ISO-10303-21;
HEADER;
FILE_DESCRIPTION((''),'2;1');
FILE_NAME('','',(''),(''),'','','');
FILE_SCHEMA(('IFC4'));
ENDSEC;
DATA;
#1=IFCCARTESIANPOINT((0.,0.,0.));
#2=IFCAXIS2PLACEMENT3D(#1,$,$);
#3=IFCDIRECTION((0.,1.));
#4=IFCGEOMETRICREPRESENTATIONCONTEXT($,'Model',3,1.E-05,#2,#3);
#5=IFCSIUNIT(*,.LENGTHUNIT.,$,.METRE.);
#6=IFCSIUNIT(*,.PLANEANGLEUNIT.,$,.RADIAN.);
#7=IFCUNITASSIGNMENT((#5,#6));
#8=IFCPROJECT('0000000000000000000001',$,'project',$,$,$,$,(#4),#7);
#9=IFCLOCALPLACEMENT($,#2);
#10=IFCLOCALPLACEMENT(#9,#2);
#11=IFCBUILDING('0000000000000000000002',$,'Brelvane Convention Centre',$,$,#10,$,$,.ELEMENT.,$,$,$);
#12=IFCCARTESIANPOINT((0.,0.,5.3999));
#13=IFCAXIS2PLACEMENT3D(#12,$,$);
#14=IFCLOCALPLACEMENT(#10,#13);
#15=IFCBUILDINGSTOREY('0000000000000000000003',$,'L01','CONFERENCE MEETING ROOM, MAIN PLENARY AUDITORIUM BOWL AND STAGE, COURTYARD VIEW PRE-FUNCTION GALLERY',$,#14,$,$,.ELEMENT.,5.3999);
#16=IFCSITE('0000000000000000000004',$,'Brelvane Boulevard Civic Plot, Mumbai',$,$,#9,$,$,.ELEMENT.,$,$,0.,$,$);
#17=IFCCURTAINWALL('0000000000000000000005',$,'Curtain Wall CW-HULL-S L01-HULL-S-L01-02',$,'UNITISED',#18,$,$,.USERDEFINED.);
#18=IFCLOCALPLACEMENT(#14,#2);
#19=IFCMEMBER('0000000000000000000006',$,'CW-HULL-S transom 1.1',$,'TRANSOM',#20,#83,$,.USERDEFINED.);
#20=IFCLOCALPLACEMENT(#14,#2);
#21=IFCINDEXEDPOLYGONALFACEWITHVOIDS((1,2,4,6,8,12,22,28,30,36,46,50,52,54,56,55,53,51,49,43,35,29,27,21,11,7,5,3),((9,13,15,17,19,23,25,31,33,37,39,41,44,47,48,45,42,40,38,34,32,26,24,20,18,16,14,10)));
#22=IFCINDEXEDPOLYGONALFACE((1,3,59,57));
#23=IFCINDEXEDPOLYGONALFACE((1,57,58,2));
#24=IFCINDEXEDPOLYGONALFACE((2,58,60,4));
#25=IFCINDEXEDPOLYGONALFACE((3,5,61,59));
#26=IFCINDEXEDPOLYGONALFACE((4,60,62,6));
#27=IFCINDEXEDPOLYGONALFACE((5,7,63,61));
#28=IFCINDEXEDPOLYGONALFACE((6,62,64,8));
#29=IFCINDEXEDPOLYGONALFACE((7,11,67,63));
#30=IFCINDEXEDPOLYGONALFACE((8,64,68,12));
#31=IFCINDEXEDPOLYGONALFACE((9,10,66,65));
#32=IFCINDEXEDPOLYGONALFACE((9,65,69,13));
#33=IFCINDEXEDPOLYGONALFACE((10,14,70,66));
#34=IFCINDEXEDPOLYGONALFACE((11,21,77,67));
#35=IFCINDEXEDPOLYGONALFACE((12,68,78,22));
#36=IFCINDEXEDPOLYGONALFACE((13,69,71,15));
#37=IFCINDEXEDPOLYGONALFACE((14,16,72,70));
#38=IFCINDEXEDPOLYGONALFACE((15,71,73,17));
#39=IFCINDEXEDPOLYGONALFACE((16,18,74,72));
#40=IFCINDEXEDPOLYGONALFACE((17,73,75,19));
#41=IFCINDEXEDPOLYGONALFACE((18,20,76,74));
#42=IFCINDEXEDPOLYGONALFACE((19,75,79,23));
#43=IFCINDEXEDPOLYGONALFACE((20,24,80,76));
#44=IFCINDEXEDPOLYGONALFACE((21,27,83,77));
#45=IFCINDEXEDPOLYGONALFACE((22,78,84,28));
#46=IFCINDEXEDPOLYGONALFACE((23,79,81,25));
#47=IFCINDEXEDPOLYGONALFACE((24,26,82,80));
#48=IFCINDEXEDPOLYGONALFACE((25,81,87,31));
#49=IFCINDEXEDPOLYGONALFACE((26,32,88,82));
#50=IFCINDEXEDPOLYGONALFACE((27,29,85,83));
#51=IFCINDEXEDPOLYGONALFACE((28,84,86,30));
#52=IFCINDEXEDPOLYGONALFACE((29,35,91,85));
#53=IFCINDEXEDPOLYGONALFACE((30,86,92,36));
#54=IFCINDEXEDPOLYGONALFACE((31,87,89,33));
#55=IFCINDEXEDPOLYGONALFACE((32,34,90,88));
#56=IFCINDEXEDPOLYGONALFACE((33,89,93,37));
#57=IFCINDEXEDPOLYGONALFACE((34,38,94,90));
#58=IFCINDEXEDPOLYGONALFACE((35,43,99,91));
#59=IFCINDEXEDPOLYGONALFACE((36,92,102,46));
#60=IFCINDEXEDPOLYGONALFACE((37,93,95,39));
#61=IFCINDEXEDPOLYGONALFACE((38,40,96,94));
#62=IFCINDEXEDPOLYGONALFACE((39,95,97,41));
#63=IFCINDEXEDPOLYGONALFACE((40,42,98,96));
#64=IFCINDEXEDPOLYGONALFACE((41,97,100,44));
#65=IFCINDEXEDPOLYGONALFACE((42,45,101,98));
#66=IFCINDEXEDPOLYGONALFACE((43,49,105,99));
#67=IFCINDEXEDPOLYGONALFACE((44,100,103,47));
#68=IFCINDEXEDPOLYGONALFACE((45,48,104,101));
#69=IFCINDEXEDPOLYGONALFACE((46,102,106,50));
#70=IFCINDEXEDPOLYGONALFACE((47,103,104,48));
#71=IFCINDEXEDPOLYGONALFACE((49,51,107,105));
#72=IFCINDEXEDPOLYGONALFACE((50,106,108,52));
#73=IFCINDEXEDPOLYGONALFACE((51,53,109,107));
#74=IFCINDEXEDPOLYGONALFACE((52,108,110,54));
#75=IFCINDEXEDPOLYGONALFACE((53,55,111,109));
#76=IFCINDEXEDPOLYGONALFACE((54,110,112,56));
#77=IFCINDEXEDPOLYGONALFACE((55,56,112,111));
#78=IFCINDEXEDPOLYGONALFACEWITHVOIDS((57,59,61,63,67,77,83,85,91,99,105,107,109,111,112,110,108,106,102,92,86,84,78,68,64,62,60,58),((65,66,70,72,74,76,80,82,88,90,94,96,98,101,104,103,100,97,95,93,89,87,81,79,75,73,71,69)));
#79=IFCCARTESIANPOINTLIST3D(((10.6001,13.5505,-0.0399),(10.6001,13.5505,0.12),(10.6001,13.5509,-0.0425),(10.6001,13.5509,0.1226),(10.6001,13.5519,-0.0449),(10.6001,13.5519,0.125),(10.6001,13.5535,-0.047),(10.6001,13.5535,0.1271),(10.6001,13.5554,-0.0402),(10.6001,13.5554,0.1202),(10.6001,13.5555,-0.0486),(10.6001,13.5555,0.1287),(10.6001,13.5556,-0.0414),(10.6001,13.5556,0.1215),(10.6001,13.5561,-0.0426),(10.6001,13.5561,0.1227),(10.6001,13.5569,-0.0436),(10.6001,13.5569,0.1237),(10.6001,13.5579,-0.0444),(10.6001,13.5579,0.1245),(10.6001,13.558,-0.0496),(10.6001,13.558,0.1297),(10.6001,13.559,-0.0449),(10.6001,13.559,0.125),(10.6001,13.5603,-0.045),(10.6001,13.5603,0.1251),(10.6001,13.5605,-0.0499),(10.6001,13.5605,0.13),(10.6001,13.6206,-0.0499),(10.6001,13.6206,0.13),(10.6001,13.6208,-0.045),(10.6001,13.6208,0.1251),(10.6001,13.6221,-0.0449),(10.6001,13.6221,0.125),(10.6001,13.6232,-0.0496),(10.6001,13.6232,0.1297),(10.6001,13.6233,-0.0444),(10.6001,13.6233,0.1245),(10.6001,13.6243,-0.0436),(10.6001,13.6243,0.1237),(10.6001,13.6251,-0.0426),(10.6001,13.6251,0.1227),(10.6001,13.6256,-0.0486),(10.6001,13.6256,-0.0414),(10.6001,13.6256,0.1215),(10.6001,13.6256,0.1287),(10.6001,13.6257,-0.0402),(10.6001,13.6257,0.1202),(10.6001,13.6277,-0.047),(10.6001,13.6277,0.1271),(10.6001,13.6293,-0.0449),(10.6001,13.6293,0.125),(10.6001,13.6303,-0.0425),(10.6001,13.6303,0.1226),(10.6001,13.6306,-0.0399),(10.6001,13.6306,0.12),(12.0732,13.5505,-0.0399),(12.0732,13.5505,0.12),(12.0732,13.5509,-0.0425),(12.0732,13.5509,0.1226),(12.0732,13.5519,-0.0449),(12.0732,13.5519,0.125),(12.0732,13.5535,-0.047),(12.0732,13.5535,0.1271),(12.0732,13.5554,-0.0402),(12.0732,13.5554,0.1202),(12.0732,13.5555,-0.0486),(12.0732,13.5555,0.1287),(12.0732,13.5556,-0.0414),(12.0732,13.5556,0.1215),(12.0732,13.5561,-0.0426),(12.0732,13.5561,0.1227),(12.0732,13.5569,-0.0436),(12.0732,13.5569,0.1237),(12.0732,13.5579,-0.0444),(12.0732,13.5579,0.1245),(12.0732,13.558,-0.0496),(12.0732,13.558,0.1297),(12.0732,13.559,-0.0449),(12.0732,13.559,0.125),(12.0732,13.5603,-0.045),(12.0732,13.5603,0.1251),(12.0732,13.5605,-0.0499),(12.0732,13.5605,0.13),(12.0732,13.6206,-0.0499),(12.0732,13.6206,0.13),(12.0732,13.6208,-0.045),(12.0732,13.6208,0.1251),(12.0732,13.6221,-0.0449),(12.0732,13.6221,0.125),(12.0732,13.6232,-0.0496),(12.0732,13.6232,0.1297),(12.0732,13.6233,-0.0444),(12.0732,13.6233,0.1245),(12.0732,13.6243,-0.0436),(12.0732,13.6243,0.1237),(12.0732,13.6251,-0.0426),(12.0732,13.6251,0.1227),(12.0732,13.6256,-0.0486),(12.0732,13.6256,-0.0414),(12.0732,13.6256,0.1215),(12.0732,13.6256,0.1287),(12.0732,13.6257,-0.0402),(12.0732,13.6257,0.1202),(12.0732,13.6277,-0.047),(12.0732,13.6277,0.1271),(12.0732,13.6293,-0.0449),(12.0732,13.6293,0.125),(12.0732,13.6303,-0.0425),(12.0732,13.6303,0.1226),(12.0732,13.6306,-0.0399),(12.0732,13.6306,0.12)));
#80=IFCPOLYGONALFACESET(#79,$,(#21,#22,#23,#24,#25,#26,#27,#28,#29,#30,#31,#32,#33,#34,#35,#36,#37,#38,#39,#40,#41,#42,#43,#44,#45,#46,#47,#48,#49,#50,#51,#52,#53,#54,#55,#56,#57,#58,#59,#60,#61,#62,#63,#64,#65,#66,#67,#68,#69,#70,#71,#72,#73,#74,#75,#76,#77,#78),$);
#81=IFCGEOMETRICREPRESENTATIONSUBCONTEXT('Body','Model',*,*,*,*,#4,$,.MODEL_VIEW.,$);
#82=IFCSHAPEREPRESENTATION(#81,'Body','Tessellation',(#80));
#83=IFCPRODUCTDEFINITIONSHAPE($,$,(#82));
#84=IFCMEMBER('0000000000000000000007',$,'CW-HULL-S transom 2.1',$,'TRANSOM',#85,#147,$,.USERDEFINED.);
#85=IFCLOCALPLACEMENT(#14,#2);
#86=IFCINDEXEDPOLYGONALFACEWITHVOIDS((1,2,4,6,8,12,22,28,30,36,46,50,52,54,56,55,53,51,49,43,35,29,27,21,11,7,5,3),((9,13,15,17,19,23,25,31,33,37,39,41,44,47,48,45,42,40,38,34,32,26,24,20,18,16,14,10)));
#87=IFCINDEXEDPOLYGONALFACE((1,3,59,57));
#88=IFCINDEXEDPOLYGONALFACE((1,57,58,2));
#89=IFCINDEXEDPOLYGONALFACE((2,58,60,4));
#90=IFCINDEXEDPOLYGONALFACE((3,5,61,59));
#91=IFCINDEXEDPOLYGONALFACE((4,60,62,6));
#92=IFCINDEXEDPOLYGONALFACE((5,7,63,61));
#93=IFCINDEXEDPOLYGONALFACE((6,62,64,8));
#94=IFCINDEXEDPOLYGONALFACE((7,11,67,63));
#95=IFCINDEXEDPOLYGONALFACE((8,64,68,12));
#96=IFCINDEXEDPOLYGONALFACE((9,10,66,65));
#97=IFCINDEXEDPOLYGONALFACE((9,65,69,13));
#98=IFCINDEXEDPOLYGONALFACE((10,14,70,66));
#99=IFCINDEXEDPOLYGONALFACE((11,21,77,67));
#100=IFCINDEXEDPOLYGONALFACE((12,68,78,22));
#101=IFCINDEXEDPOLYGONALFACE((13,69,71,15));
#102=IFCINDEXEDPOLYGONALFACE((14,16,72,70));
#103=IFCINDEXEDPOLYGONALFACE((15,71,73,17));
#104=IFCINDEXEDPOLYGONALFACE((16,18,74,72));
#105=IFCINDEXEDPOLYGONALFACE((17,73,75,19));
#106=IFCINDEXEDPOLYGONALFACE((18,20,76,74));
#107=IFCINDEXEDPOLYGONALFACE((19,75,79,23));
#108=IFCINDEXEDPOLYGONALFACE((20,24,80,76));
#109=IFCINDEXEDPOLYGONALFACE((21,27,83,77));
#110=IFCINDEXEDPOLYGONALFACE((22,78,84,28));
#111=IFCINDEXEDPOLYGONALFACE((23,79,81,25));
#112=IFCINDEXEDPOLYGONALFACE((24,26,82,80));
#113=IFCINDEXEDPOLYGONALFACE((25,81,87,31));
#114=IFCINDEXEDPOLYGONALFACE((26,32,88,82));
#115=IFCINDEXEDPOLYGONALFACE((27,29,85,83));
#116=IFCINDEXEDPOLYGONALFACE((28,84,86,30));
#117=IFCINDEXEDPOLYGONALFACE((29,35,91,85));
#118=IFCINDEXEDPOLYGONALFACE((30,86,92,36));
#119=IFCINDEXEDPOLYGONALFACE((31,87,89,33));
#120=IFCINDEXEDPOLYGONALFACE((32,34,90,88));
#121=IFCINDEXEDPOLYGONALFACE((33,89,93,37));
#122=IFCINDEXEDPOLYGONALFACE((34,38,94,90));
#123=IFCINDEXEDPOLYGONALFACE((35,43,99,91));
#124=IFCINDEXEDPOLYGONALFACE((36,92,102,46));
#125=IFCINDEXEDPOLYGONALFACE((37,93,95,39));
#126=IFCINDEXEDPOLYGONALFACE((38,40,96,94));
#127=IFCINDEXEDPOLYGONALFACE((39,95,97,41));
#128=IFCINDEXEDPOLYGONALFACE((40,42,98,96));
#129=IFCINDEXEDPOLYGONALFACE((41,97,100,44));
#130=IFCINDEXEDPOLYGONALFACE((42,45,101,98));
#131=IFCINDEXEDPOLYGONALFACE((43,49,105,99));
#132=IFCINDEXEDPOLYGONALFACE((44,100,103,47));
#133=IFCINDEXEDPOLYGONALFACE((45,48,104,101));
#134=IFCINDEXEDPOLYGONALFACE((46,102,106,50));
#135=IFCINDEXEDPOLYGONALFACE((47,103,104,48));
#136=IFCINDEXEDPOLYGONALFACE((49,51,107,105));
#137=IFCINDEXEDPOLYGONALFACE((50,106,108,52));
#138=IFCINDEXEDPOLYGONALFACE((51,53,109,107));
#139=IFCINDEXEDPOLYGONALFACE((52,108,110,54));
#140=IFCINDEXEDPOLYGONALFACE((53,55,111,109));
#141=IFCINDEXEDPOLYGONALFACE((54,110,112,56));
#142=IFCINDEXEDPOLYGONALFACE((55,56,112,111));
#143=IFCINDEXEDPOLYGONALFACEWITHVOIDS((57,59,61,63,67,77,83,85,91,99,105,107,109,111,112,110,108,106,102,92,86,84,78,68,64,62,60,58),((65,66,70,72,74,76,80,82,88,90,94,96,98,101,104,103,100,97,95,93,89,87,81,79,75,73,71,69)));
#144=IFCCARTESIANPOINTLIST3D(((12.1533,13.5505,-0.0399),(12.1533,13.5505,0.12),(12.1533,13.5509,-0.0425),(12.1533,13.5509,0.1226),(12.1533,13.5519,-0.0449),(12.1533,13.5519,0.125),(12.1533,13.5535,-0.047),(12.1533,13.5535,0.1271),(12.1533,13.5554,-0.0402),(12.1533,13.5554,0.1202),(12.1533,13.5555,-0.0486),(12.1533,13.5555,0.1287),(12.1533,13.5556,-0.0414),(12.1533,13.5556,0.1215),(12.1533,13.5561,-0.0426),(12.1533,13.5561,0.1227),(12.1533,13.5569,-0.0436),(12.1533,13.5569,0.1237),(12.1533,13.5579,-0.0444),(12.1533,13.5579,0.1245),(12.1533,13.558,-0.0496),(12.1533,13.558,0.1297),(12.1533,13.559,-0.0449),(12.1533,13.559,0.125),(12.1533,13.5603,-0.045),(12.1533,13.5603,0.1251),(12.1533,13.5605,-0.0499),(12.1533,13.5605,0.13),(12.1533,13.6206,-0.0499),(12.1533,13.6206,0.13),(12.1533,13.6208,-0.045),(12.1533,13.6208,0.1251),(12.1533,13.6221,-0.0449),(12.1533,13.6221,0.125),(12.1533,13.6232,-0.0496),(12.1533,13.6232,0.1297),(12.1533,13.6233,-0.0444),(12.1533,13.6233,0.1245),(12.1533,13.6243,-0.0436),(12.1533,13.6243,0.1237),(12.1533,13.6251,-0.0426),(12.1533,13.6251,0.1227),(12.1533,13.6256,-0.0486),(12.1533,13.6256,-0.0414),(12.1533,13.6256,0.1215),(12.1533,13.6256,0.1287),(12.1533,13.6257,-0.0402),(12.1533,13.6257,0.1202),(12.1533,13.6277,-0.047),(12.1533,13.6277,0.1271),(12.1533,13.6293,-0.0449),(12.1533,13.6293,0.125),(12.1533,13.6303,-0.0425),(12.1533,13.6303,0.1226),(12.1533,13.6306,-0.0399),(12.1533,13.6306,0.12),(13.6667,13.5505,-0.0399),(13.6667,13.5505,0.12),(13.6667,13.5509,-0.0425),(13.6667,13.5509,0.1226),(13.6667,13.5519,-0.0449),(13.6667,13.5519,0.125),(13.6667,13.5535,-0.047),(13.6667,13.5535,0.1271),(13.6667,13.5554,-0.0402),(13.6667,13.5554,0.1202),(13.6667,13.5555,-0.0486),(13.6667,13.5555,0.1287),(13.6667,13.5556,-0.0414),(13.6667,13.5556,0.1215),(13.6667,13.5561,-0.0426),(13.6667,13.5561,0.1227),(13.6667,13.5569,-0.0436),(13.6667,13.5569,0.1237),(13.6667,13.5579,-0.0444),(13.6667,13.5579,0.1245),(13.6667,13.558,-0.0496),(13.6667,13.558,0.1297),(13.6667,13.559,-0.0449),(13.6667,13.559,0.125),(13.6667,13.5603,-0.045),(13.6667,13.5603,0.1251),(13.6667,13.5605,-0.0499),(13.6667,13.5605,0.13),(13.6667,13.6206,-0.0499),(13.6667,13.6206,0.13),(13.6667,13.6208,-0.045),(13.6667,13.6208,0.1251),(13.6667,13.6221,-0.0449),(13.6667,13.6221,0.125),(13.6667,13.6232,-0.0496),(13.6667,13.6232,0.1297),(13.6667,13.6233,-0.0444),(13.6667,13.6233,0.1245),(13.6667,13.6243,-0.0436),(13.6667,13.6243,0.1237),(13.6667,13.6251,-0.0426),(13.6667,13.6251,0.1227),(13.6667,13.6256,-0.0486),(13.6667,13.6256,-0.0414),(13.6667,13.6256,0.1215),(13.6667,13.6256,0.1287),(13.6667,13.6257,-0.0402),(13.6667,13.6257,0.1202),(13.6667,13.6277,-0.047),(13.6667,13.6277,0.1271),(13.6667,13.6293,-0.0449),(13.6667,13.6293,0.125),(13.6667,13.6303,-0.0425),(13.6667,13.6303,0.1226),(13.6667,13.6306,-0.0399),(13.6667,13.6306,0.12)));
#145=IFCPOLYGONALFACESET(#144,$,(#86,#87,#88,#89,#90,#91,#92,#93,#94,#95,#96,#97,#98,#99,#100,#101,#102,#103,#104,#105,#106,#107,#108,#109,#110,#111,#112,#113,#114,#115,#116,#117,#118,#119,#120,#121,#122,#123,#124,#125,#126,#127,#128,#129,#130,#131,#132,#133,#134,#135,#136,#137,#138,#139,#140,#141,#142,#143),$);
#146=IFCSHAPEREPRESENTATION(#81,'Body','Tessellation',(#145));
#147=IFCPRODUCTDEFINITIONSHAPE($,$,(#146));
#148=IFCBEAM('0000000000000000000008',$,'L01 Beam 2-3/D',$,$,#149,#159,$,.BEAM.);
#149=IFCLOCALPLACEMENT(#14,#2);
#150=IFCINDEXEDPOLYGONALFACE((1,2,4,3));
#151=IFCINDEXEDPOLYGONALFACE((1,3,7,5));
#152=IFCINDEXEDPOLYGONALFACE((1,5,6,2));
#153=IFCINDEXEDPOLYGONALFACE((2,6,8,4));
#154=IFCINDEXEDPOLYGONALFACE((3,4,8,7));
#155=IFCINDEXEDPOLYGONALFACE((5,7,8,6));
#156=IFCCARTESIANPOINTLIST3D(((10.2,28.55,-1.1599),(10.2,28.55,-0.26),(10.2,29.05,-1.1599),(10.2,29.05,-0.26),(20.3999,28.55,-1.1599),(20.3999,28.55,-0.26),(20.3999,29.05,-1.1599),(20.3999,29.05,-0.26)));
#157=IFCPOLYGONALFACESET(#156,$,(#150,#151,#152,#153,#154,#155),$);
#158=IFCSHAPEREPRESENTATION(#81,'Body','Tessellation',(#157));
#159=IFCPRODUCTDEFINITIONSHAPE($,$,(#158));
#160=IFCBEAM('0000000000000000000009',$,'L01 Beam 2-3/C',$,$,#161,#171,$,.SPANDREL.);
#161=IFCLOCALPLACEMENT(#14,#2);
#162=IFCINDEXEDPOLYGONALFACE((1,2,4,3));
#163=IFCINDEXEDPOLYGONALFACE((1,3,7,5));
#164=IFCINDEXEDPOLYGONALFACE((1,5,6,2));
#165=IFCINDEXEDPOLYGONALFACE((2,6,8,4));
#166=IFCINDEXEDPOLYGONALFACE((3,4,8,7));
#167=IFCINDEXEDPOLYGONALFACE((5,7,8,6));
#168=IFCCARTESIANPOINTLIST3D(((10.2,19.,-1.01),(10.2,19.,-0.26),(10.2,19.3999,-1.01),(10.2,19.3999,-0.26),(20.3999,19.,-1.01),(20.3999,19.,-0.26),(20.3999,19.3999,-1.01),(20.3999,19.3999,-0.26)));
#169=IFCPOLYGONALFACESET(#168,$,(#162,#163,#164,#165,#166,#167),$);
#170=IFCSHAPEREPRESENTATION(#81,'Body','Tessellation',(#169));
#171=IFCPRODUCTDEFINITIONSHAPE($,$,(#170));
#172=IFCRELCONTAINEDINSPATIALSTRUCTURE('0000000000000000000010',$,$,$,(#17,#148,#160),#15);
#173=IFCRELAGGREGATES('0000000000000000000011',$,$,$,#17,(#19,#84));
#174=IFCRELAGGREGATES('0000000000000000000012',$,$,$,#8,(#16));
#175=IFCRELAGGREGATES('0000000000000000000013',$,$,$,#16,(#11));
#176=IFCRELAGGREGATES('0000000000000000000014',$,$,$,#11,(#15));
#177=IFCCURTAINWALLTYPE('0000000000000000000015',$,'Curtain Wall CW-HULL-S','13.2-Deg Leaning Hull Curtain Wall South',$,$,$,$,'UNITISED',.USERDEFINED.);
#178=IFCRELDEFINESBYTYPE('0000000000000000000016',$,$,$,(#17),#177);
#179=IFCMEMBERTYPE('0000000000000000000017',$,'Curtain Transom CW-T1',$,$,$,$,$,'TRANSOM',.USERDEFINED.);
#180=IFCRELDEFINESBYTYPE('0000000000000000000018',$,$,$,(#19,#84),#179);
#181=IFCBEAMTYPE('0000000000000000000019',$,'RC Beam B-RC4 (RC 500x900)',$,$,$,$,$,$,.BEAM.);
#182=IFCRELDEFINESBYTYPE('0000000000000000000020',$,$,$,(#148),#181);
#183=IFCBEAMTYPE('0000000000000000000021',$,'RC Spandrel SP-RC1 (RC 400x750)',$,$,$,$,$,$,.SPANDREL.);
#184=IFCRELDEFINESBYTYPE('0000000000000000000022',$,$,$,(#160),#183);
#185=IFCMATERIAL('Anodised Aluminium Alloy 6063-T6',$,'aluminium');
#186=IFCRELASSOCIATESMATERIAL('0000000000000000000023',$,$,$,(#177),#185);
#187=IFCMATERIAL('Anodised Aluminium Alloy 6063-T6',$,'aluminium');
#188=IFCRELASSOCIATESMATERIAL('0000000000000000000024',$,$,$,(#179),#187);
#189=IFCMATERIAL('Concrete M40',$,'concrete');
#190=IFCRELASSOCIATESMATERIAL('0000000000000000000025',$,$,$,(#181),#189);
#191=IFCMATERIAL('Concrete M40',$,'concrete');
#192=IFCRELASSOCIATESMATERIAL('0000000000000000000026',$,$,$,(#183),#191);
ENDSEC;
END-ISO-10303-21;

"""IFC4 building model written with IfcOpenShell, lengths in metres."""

from ifc_helpers import new_model, si_unit, direction, frame, origin, origin_2d, place, context, subcontext, project, spatial, rectangle, hollow_rectangle, extrude, material, material_profile, profile_set, type_object, element, aggregate, save


model = new_model("IFC4")

# Units and contexts
model_context = context("Model", 3, precision=1e-05, world=origin(), true_north=direction((0.0, 1.0)))
body_context = subcontext(model_context, "Body", "Model", "MODEL_VIEW")
ifc_project = project(units=[si_unit("LENGTHUNIT", "METRE"), si_unit("PLANEANGLEUNIT", "RADIAN")], contexts=[model_context])

# Site, building, storey
site_placement = place(None, origin())
site = spatial("IfcSite", under=ifc_project, at=site_placement, Name="Brelvane Boulevard Civic Plot, Mumbai", CompositionType="ELEMENT", RefElevation=0.0)
building_placement = place(site_placement, origin())
building = spatial("IfcBuilding", under=site, at=building_placement, Name="Brelvane Convention Centre", CompositionType="ELEMENT")
storey_placement = place(building_placement, frame((0.0, 0.0, 5.3999)))
storey = spatial("IfcBuildingStorey", under=building, at=storey_placement, Name="L01", Description="CONFERENCE MEETING ROOM, MAIN PLENARY AUDITORIUM BOWL AND STAGE, COURTYARD VIEW PRE-FUNCTION GALLERY", CompositionType="ELEMENT", Elevation=5.3999)

# Curtain wall
ifc_material_1 = material(Name="Anodised Aluminium Alloy 6063-T6", Category="aluminium")
curtain_wall_type = type_object("IfcCurtainWallType", Name="Curtain Wall CW-HULL-S", Description="13.2-Deg Leaning Hull Curtain Wall South", ElementType="UNITISED", PredefinedType="USERDEFINED", material=ifc_material_1)
curtain_wall_1_placement = place(storey_placement, origin())
curtain_wall_1 = element("IfcCurtainWall", 1, at=curtain_wall_1_placement, inside=storey, type_object=curtain_wall_type, Name="Curtain Wall CW-HULL-S L01-HULL-S-L01-02", ObjectType="UNITISED", PredefinedType="USERDEFINED")

# Members
ifc_material_2 = material(Name="Anodised Aluminium Alloy 6063-T6", Category="aluminium")
ifc_material_profile_1 = material_profile(ifc_material_2, hollow_rectangle(XDim=0.0801, YDim=0.1799, WallThickness=0.0049, InnerFilletRadius=0.0049, OuterFilletRadius=0.01, at=origin_2d()), Name="ALU-T 180x80x5.0")
ifc_profile_set_1 = profile_set([ifc_material_profile_1], Name="Anodised Aluminium Alloy 6063-T6")
member_type_1 = type_object("IfcMemberType", Name="Curtain Transom CW-T1", ElementType="TRANSOM", PredefinedType="USERDEFINED", material=ifc_profile_set_1)
member_1_placement = place(storey_placement, frame((10.6001, 13.5906, 0.04), z_axis=(1.0, 0.0, 0.0), x_axis=(0.0, 1.0, 0.0)))
member_1 = element("IfcMember", 2, at=member_1_placement, type_object=member_type_1, Name="CW-HULL-S transom 1.1", ObjectType="TRANSOM", PredefinedType="USERDEFINED", context=body_context, shape_type="SweptSolid", body=[
    extrude(hollow_rectangle(XDim=0.0801, YDim=0.1799, WallThickness=0.0049, InnerFilletRadius=0.0049, OuterFilletRadius=0.01, at=origin_2d()), origin(), (0.0, 0.0, 1.0), 1.4731),
])
member_2_placement = place(storey_placement, frame((12.1533, 13.5906, 0.04), z_axis=(1.0, 0.0, 0.0), x_axis=(0.0, 1.0, 0.0)))
member_2 = element("IfcMember", 3, at=member_2_placement, type_object=member_type_1, Name="CW-HULL-S transom 2.1", ObjectType="TRANSOM", PredefinedType="USERDEFINED", context=body_context, shape_type="SweptSolid", body=[
    extrude(hollow_rectangle(XDim=0.0801, YDim=0.1799, WallThickness=0.0049, InnerFilletRadius=0.0049, OuterFilletRadius=0.01, at=origin_2d()), origin(), (0.0, 0.0, 1.0), 1.5134),
])

# Beams
ifc_material_3 = material(Name="Concrete M40", Category="concrete")
ifc_material_profile_2 = material_profile(ifc_material_3, rectangle(XDim=0.5, YDim=0.8999, at=origin_2d()), Name="RC 500x900")
ifc_profile_set_2 = profile_set([ifc_material_profile_2], Name="Concrete M40")
beam_type_1 = type_object("IfcBeamType", Name="RC Beam B-RC4 (RC 500x900)", PredefinedType="BEAM", material=ifc_profile_set_2)
beam_1_placement = place(storey_placement, frame((10.2, 28.8, -0.71), z_axis=(1.0, 0.0, 0.0), x_axis=(0.0, 1.0, 0.0)))
element("IfcBeam", 4, at=beam_1_placement, inside=storey, type_object=beam_type_1, Name="L01 Beam 2-3/D", PredefinedType="BEAM", context=body_context, shape_type="SweptSolid", body=[
    extrude(rectangle(XDim=0.5, YDim=0.8999, at=origin_2d()), origin(), (0.0, 0.0, 1.0), 10.2),
])
ifc_material_4 = material(Name="Concrete M40", Category="concrete")
ifc_material_profile_3 = material_profile(ifc_material_4, rectangle(XDim=0.3999, YDim=0.75, at=origin_2d()), Name="RC 400x750")
ifc_profile_set_3 = profile_set([ifc_material_profile_3], Name="Concrete M40")
beam_type_2 = type_object("IfcBeamType", Name="RC Spandrel SP-RC1 (RC 400x750)", PredefinedType="SPANDREL", material=ifc_profile_set_3)
beam_2_placement = place(storey_placement, frame((10.2, 19.2, -0.635), z_axis=(1.0, 0.0, 0.0), x_axis=(0.0, 1.0, 0.0)))
element("IfcBeam", 5, at=beam_2_placement, inside=storey, type_object=beam_type_2, Name="L01 Beam 2-3/C", PredefinedType="SPANDREL", context=body_context, shape_type="SweptSolid", body=[
    extrude(rectangle(XDim=0.3999, YDim=0.75, at=origin_2d()), origin(), (0.0, 0.0, 1.0), 10.2),
])

aggregate(curtain_wall_1, [member_1, member_2])

save(model, "model.ifc")
